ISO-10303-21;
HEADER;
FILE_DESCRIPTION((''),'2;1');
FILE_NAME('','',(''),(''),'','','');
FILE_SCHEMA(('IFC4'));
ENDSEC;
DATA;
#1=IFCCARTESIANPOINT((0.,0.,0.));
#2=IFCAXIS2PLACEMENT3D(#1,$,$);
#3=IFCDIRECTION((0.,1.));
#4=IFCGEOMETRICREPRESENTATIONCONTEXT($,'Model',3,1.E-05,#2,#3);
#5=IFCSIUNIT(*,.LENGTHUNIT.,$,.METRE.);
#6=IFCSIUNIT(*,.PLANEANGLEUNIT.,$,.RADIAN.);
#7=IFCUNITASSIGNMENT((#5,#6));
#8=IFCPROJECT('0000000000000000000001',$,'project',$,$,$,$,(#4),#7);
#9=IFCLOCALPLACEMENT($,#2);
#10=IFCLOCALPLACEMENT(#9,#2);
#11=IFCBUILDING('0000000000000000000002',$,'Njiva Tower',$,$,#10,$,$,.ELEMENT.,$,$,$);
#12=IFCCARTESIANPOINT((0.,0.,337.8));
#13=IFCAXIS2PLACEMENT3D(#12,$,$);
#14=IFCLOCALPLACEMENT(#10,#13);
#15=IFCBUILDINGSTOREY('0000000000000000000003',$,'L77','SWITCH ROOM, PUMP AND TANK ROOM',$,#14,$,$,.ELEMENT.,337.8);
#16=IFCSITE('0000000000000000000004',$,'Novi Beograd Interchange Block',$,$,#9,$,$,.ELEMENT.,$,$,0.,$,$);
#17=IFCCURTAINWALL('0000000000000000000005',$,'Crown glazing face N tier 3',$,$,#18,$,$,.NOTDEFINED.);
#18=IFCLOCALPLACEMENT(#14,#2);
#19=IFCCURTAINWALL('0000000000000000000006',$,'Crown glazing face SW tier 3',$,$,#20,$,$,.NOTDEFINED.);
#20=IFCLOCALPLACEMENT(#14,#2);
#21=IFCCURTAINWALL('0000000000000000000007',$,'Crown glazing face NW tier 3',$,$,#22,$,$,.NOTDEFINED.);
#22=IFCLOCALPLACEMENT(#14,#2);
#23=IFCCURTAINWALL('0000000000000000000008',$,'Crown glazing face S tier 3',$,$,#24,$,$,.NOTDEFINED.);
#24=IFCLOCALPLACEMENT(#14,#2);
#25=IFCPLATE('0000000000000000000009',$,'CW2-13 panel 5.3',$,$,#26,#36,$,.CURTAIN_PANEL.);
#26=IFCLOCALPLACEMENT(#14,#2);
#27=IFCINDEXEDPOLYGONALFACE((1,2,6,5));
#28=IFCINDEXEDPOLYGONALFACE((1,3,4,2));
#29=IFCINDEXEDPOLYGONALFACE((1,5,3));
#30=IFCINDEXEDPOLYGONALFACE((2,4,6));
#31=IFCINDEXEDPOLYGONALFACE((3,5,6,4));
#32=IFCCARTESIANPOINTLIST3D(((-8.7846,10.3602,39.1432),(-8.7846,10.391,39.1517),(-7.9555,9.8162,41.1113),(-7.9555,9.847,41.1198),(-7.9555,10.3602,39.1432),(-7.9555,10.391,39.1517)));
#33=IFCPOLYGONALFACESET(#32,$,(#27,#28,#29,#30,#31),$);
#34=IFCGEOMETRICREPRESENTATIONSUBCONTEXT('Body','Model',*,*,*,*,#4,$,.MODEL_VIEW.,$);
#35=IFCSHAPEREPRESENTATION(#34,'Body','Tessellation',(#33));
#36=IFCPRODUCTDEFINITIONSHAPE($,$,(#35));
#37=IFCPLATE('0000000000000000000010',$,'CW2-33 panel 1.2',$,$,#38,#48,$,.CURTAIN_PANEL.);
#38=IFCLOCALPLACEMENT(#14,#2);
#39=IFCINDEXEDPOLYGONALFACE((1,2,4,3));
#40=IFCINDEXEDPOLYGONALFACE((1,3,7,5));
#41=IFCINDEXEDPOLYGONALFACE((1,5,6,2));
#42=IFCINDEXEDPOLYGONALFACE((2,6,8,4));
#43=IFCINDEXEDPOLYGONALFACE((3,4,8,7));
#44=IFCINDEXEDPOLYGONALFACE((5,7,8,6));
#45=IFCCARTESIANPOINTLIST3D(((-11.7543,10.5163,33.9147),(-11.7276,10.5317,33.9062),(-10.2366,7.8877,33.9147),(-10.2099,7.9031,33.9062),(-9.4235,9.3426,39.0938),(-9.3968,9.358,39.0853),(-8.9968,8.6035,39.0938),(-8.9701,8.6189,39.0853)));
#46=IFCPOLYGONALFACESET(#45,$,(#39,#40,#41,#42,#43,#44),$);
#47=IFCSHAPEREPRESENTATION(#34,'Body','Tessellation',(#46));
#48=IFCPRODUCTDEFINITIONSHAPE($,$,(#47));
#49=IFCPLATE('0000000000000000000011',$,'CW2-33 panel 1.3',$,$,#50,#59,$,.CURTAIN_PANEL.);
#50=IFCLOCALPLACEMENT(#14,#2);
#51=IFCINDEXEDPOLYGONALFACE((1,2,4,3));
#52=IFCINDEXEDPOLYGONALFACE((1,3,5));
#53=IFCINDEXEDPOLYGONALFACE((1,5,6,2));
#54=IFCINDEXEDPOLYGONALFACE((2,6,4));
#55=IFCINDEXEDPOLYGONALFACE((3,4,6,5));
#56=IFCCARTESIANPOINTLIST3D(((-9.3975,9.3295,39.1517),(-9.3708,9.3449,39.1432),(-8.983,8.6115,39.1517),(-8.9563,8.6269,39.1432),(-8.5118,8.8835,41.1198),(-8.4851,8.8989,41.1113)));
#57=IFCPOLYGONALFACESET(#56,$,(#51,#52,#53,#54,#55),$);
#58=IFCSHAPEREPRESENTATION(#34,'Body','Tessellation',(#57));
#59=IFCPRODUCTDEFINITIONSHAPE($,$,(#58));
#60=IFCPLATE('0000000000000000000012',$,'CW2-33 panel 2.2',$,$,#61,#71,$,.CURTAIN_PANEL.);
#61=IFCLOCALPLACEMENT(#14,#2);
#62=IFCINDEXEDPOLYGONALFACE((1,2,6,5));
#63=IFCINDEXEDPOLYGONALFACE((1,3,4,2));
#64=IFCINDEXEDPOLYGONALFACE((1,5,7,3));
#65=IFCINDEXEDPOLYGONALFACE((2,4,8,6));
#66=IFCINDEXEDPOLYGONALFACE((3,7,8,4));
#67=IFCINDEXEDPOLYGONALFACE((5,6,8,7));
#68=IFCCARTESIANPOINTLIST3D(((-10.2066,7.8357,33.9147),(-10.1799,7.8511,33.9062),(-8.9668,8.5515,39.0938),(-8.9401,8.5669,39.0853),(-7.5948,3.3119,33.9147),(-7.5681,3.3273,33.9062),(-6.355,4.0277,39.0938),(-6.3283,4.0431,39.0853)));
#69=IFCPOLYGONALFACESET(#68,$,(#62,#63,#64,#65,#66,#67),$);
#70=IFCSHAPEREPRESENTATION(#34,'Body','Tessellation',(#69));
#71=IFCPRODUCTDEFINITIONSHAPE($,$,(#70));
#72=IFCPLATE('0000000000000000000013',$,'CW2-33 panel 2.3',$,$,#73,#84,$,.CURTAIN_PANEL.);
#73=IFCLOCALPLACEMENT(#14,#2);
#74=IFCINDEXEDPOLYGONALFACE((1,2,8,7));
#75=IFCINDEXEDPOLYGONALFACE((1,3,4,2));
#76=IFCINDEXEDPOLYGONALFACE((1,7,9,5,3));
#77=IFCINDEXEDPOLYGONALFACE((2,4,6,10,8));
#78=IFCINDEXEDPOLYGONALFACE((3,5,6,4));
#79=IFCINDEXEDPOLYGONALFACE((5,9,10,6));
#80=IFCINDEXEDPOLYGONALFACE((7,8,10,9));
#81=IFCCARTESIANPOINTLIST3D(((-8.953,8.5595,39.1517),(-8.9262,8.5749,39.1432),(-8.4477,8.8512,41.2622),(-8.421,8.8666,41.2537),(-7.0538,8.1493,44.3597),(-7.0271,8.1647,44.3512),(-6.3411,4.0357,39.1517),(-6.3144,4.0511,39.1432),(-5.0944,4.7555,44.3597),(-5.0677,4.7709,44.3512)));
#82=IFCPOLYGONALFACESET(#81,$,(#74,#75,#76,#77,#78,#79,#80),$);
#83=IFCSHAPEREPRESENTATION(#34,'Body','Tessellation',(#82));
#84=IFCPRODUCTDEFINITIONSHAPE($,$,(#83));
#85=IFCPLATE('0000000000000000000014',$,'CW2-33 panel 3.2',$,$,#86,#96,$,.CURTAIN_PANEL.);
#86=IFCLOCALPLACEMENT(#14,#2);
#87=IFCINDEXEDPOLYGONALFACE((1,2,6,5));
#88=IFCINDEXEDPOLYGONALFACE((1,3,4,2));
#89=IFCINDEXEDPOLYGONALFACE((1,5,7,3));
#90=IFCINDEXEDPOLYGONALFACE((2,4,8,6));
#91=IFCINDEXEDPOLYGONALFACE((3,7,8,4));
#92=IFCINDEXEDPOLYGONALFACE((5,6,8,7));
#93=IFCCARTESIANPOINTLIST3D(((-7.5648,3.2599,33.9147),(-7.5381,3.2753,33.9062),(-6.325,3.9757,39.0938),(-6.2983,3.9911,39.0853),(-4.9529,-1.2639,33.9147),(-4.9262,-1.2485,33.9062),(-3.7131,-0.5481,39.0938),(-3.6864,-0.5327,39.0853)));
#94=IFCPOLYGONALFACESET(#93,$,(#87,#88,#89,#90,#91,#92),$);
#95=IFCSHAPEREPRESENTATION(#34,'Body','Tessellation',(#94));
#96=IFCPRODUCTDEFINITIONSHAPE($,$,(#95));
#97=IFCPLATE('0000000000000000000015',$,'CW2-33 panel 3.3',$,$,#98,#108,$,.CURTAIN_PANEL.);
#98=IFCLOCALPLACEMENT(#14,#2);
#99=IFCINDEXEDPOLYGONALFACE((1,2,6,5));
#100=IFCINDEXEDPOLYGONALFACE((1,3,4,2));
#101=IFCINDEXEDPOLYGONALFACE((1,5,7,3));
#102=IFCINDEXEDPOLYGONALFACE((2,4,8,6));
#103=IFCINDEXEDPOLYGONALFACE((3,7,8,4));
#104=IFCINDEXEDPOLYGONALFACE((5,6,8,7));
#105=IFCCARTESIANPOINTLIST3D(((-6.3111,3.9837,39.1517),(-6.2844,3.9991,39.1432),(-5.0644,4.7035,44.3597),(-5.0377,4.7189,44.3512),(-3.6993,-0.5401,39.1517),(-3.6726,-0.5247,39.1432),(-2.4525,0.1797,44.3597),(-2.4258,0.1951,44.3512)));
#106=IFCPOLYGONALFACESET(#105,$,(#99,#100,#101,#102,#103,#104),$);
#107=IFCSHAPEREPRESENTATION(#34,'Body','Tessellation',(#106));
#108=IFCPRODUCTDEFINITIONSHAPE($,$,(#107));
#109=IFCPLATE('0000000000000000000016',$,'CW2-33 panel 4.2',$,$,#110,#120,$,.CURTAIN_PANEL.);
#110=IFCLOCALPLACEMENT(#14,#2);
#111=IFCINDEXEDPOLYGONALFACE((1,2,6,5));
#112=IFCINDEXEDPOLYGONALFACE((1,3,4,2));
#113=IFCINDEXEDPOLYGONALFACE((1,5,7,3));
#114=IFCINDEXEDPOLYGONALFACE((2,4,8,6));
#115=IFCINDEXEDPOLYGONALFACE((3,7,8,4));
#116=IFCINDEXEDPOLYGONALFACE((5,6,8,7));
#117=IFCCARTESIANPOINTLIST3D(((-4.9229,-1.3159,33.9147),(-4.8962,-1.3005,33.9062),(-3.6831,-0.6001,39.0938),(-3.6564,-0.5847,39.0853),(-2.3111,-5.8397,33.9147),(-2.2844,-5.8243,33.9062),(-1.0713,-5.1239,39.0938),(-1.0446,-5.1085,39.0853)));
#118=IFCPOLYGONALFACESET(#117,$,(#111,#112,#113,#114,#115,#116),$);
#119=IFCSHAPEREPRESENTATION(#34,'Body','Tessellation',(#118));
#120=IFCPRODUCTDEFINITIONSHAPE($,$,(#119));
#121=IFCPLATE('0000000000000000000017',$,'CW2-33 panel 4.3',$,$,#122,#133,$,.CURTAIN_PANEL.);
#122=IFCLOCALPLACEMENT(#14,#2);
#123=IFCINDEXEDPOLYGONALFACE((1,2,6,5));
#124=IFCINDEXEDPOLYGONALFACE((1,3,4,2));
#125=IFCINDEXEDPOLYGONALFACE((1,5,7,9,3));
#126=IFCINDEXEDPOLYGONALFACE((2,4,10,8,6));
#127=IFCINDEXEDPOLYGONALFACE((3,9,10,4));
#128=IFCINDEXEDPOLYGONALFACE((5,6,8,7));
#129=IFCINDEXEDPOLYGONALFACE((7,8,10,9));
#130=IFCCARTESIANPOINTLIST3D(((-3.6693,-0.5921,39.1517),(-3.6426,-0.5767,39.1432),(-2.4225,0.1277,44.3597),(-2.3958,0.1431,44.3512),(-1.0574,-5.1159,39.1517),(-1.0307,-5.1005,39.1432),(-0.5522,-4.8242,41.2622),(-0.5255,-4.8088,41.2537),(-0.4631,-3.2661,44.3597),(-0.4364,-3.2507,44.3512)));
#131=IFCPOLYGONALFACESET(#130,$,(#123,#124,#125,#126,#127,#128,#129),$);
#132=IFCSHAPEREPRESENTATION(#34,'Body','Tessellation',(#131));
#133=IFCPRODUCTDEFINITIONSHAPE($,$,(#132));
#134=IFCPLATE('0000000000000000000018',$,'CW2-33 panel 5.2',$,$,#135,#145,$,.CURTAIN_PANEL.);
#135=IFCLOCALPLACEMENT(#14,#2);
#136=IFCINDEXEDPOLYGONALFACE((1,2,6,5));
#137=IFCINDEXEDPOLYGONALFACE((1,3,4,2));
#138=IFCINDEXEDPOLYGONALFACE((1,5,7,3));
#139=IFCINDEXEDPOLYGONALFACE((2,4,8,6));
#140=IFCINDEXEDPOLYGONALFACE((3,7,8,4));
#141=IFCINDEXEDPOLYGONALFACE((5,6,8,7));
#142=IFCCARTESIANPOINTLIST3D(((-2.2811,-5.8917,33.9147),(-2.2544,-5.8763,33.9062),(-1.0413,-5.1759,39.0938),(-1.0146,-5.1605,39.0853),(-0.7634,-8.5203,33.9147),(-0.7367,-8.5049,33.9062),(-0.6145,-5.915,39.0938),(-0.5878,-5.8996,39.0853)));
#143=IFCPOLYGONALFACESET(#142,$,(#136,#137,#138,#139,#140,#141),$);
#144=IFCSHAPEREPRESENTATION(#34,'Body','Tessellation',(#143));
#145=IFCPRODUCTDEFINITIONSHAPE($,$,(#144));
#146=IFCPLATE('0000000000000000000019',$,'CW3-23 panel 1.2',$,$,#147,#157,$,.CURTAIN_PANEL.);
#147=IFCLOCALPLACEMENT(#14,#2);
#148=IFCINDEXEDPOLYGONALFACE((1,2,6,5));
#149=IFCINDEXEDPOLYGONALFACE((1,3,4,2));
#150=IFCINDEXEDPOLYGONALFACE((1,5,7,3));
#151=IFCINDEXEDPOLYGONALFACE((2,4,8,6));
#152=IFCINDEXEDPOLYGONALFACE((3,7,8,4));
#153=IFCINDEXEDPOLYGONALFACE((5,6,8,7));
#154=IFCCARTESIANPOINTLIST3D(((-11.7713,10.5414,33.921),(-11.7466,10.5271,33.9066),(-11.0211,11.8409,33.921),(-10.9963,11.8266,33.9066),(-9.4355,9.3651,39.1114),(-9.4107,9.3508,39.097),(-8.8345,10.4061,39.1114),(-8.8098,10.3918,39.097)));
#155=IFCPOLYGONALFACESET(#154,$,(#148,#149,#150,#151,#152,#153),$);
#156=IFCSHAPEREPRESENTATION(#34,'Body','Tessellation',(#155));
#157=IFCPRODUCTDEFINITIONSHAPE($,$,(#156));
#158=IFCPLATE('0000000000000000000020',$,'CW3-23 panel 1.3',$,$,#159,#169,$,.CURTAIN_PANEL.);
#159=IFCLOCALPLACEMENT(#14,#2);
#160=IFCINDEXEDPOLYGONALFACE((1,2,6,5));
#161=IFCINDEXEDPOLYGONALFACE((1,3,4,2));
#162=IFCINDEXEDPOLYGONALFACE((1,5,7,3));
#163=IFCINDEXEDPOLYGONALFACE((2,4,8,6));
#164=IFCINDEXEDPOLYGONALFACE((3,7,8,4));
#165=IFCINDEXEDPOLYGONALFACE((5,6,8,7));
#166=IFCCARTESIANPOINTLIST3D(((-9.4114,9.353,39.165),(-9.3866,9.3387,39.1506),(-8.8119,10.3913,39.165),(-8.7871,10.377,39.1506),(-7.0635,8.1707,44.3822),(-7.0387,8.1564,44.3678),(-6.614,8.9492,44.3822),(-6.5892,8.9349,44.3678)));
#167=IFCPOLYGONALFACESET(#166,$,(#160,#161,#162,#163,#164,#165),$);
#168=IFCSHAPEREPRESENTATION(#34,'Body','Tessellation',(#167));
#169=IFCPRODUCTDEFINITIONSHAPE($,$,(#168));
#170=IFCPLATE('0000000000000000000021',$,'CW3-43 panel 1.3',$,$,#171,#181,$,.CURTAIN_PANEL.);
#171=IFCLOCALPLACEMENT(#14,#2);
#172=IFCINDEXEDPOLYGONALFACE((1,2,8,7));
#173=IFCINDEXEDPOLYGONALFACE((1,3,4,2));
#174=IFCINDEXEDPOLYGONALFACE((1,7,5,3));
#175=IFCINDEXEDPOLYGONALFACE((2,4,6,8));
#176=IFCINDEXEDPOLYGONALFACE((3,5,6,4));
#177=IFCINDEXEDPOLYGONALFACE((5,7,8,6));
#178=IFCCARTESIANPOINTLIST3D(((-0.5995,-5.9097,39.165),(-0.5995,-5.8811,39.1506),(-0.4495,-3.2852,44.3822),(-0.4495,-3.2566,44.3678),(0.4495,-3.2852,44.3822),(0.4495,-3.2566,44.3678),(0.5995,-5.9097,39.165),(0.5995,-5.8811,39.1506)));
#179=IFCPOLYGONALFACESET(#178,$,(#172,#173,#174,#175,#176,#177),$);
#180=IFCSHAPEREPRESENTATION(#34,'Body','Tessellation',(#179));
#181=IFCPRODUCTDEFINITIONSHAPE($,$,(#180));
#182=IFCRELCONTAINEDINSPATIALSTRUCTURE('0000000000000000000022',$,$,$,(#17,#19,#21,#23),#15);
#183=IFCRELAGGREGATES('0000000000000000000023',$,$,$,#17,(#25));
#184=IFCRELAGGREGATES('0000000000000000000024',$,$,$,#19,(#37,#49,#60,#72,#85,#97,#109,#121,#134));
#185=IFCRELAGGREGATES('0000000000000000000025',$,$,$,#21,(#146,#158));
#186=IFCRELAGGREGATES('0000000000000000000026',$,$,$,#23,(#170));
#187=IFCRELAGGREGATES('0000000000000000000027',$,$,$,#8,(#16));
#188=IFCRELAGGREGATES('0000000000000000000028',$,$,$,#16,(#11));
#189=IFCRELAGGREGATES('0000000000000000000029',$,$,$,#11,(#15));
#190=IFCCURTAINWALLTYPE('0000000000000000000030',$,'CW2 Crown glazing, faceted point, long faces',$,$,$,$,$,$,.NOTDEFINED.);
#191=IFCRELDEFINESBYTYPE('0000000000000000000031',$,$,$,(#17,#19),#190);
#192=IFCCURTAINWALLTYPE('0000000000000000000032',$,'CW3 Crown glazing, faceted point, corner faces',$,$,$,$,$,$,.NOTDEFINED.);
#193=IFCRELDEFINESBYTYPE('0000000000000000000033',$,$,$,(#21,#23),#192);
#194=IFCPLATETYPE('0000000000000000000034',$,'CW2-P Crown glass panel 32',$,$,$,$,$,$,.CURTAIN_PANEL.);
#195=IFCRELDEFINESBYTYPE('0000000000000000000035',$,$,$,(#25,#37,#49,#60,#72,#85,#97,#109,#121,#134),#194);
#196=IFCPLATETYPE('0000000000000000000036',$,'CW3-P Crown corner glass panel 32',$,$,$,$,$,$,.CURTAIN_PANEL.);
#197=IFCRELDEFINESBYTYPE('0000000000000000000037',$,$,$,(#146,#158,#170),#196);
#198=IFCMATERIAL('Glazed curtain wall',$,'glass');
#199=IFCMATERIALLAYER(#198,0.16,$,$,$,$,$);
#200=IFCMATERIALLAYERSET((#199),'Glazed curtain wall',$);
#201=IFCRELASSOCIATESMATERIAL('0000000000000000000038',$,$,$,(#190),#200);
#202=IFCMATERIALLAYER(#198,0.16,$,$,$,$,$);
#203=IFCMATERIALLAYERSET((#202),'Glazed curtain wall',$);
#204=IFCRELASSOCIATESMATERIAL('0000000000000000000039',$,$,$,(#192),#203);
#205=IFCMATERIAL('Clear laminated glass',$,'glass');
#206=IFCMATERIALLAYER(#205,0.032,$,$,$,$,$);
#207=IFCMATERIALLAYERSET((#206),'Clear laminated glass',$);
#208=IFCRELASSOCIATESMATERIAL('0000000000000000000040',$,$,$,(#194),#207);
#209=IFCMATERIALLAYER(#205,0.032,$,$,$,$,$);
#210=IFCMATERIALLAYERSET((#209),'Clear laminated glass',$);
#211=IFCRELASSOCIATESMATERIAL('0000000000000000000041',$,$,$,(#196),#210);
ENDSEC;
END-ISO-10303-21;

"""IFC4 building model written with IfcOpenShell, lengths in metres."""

from ifc_helpers import new_model, si_unit, direction, frame, origin, place, context, subcontext, project, spatial, polyline, outline, extrude, material, layer, layer_set, type_object, element, aggregate, save


model = new_model("IFC4")

# Units and contexts
model_context = context("Model", 3, precision=1e-05, world=origin(), true_north=direction((0.0, 1.0)))
body_context = subcontext(model_context, "Body", "Model", "MODEL_VIEW")
ifc_project = project(units=[si_unit("LENGTHUNIT", "METRE"), si_unit("PLANEANGLEUNIT", "RADIAN")], contexts=[model_context])

# Site, building, storey
site_placement = place(None, origin())
site = spatial("IfcSite", under=ifc_project, at=site_placement, Name="Novi Beograd Interchange Block", CompositionType="ELEMENT", RefElevation=0.0)
building_placement = place(site_placement, origin())
building = spatial("IfcBuilding", under=site, at=building_placement, Name="Njiva Tower", CompositionType="ELEMENT")
storey_placement = place(building_placement, frame((0.0, 0.0, 337.8)))
storey = spatial("IfcBuildingStorey", under=building, at=storey_placement, Name="L77", Description="SWITCH ROOM, PUMP AND TANK ROOM", CompositionType="ELEMENT", Elevation=337.8)

# Curtain walls
ifc_material_1 = material(Name="Glazed curtain wall", Category="glass")
ifc_layer_1 = layer(ifc_material_1, 0.16)
ifc_layer_set_1 = layer_set([ifc_layer_1], Name="Glazed curtain wall")
curtain_wall_type_1 = type_object("IfcCurtainWallType", Name="CW2 Crown glazing, faceted point, long faces", PredefinedType="NOTDEFINED", material=ifc_layer_set_1)
curtain_wall_1_placement = place(storey_placement, origin())
curtain_wall_1 = element("IfcCurtainWall", 1, at=curtain_wall_1_placement, inside=storey, type_object=curtain_wall_type_1, Name="Crown glazing face N tier 3", PredefinedType="NOTDEFINED")
curtain_wall_2_placement = place(storey_placement, origin())
curtain_wall_2 = element("IfcCurtainWall", 2, at=curtain_wall_2_placement, inside=storey, type_object=curtain_wall_type_1, Name="Crown glazing face SW tier 3", PredefinedType="NOTDEFINED")

# Curtain walls
ifc_layer_2 = layer(ifc_material_1, 0.16)
ifc_layer_set_2 = layer_set([ifc_layer_2], Name="Glazed curtain wall")
curtain_wall_type_2 = type_object("IfcCurtainWallType", Name="CW3 Crown glazing, faceted point, corner faces", PredefinedType="NOTDEFINED", material=ifc_layer_set_2)
curtain_wall_3_placement = place(storey_placement, origin())
curtain_wall_3 = element("IfcCurtainWall", 3, at=curtain_wall_3_placement, inside=storey, type_object=curtain_wall_type_2, Name="Crown glazing face NW tier 3", PredefinedType="NOTDEFINED")
curtain_wall_4_placement = place(storey_placement, origin())
curtain_wall_4 = element("IfcCurtainWall", 4, at=curtain_wall_4_placement, inside=storey, type_object=curtain_wall_type_2, Name="Crown glazing face S tier 3", PredefinedType="NOTDEFINED")

# Plates
ifc_material_2 = material(Name="Clear laminated glass", Category="glass")
ifc_layer_3 = layer(ifc_material_2, 0.032)
ifc_layer_set_3 = layer_set([ifc_layer_3], Name="Clear laminated glass")
plate_type_1 = type_object("IfcPlateType", Name="CW2-P Crown glass panel 32", PredefinedType="CURTAIN_PANEL", material=ifc_layer_set_3)
plate_1_placement = place(storey_placement, frame((-7.9555, 9.847, 41.1198), z_axis=(0.0, 0.963857, 0.266419), x_axis=(0.0, 0.266419, -0.963857)))
plate_1 = element("IfcPlate", 5, at=plate_1_placement, type_object=plate_type_1, Name="CW2-13 panel 5.3", PredefinedType="CURTAIN_PANEL", context=body_context, shape_type="SweptSolid", body=[
    extrude(outline(polyline([(0.0, 0.0), (2.0419, 0.0), (2.0419, 0.8291), (0.0, 0.0)])), origin(), (0.0, 0.0, -1.0), 0.032),
])
aggregate(curtain_wall_1, [plate_1])
plate_2_placement = place(storey_placement, frame((-11.7543, 10.5163, 33.9147), z_axis=(-0.834716, -0.481938, 0.266432), x_axis=(0.500012, -0.866019, 0.000002)))
plate_2 = element("IfcPlate", 6, at=plate_2_placement, type_object=plate_type_1, Name="CW2-33 panel 1.2", PredefinedType="CURTAIN_PANEL", context=body_context, shape_type="SweptSolid", body=[
    extrude(outline(polyline([(0.0, 0.0), (3.0353, 0.0), (3.0353, 5.3733), (2.1819, 5.3733), (0.0, 0.0)])), origin(), (0.0, 0.0, -1.0), 0.032),
])
plate_3_placement = place(storey_placement, frame((-9.3975, 9.3295, 39.1517), z_axis=(-0.834736, -0.481892, 0.266451), x_axis=(0.499966, -0.866045, 0.0)))
plate_3 = element("IfcPlate", 7, at=plate_3_placement, type_object=plate_type_1, Name="CW2-33 panel 1.3", PredefinedType="CURTAIN_PANEL", context=body_context, shape_type="SweptSolid", body=[
    extrude(outline(polyline([(0.0, 0.0), (0.8291, 0.0), (0.8291, 2.0419), (0.0, 0.0)])), origin(), (0.0, 0.0, -1.0), 0.032),
])
plate_4_placement = place(storey_placement, frame((-7.5948, 3.3119, 33.9147), z_axis=(-0.834724, -0.481925, 0.266427), x_axis=(0.230733, 0.133214, 0.963855)))
plate_4 = element("IfcPlate", 8, at=plate_4_placement, type_object=plate_type_1, Name="CW2-33 panel 2.2", PredefinedType="CURTAIN_PANEL", context=body_context, shape_type="SweptSolid", body=[
    extrude(outline(polyline([(0.0, 0.0), (5.3733, 0.0), (5.3733, 5.2236), (0.0, 5.2236), (0.0, 0.0)])), origin(), (0.0, 0.0, -1.0), 0.032),
])
plate_5_placement = place(storey_placement, frame((-8.4477, 8.8512, 41.2622), z_axis=(-0.834721, -0.481928, 0.266433), x_axis=(-0.230744, -0.133204, -0.963854)))
plate_5 = element("IfcPlate", 9, at=plate_5_placement, type_object=plate_type_1, Name="CW2-33 panel 2.3", PredefinedType="CURTAIN_PANEL", context=body_context, shape_type="SweptSolid", body=[
    extrude(outline(polyline([(0.0, 0.0), (2.1897, 0.0), (2.1896, 5.2237), (-3.2137, 5.2236), (-3.2137, 1.3048), (0.0, 0.0)])), origin(), (0.0, 0.0, -1.0), 0.032),
])
plate_6_placement = place(storey_placement, frame((-4.9529, -1.2639, 33.9147), z_axis=(-0.834716, -0.481939, 0.266427), x_axis=(0.230733, 0.133214, 0.963855)))
plate_6 = element("IfcPlate", 10, at=plate_6_placement, type_object=plate_type_1, Name="CW2-33 panel 3.2", PredefinedType="CURTAIN_PANEL", context=body_context, shape_type="SweptSolid", body=[
    extrude(outline(polyline([(0.0, 0.0), (5.3733, 0.0), (5.3733, 5.2237), (0.0, 5.2237), (0.0, 0.0)])), origin(), (0.0, 0.0, -1.0), 0.032),
])
plate_7_placement = place(storey_placement, frame((-5.0644, 4.7035, 44.3597), z_axis=(-0.834719, -0.481931, 0.266432), x_axis=(-0.230736, -0.133219, -0.963854)))
plate_7 = element("IfcPlate", 11, at=plate_7_placement, type_object=plate_type_1, Name="CW2-33 panel 3.3", PredefinedType="CURTAIN_PANEL", context=body_context, shape_type="SweptSolid", body=[
    extrude(outline(polyline([(0.0, 0.0), (5.4033, 0.0), (5.4033, 5.2236), (0.0, 5.2237), (0.0, 0.0)])), origin(), (0.0, 0.0, -1.0), 0.032),
])
plate_8_placement = place(storey_placement, frame((-2.3111, -5.8397, 33.9147), z_axis=(-0.834724, -0.481925, 0.266427), x_axis=(0.230733, 0.133214, 0.963855)))
plate_8 = element("IfcPlate", 12, at=plate_8_placement, type_object=plate_type_1, Name="CW2-33 panel 4.2", PredefinedType="CURTAIN_PANEL", context=body_context, shape_type="SweptSolid", body=[
    extrude(outline(polyline([(0.0, 0.0), (5.3733, 0.0), (5.3733, 5.2236), (0.0, 5.2236), (0.0, 0.0)])), origin(), (0.0, 0.0, -1.0), 0.032),
])
plate_9_placement = place(storey_placement, frame((-2.4225, 0.1277, 44.3597), z_axis=(-0.834719, -0.481931, 0.266433), x_axis=(-0.230741, -0.133211, -0.963853)))
plate_9 = element("IfcPlate", 13, at=plate_9_placement, type_object=plate_type_1, Name="CW2-33 panel 4.3", PredefinedType="CURTAIN_PANEL", context=body_context, shape_type="SweptSolid", body=[
    extrude(outline(polyline([(0.0, 0.0), (5.4033, 0.0), (5.4033, 5.2237), (3.2136, 5.2236), (0.0, 3.9188), (0.0, 0.0)])), origin(), (0.0, 0.0, -1.0), 0.032),
])
plate_10_placement = place(storey_placement, frame((-0.6145, -5.915, 39.0938), z_axis=(-0.834704, -0.481956, 0.266434), x_axis=(-0.500033, 0.866006, -0.000012)))
plate_10 = element("IfcPlate", 14, at=plate_10_placement, type_object=plate_type_1, Name="CW2-33 panel 5.2", PredefinedType="CURTAIN_PANEL", context=body_context, shape_type="SweptSolid", body=[
    extrude(outline(polyline([(0.0, 0.0), (0.8535, 0.0), (0.8536, 5.3733), (-2.1817, 5.3734), (0.0, 0.0)])), origin(), (0.0, 0.0, -1.0), 0.032),
])
aggregate(curtain_wall_2, [plate_2, plate_3, plate_4, plate_5, plate_6, plate_7, plate_8, plate_9, plate_10])
ifc_layer_4 = layer(ifc_material_2, 0.032)
ifc_layer_set_4 = layer_set([ifc_layer_4], Name="Clear laminated glass")
plate_type_2 = type_object("IfcPlateType", Name="CW3-P Crown corner glass panel 32", PredefinedType="CURTAIN_PANEL", material=ifc_layer_set_4)
plate_11_placement = place(storey_placement, frame((-9.4355, 9.3651, 39.1114), z_axis=(-0.773663, 0.446645, 0.449392), x_axis=(0.499978, 0.866038, 0.000005)))
plate_11 = element("IfcPlate", 15, at=plate_11_placement, type_object=plate_type_2, Name="CW3-23 panel 1.2", PredefinedType="CURTAIN_PANEL", context=body_context, shape_type="SweptSolid", body=[
    extrude(outline(polyline([(0.0, 0.0), (1.202, 0.0), (1.3513, 5.8101), (-0.1492, 5.8101), (0.0, 0.0)])), origin(), (0.0, 0.0, -1.0), 0.032),
])
plate_12_placement = place(storey_placement, frame((-8.8119, 10.3913, 39.165), z_axis=(-0.773639, 0.446691, 0.449389), x_axis=(-0.500025, -0.866011, 0.000001)))
plate_12 = element("IfcPlate", 16, at=plate_12_placement, type_object=plate_type_2, Name="CW3-23 panel 1.3", PredefinedType="CURTAIN_PANEL", context=body_context, shape_type="SweptSolid", body=[
    extrude(outline(polyline([(0.0, 0.0), (1.1989, 0.0), (1.0488, 5.8401), (0.1499, 5.8401), (0.0, 0.0)])), origin(), (0.0, 0.0, -1.0), 0.032),
])
aggregate(curtain_wall_3, [plate_11, plate_12])
plate_13_placement = place(storey_placement, frame((-0.5995, -5.9097, 39.165), z_axis=(0.0, -0.893336, 0.44939), x_axis=(1.0, 0.0, 0.0)))
plate_13 = element("IfcPlate", 17, at=plate_13_placement, type_object=plate_type_2, Name="CW3-43 panel 1.3", PredefinedType="CURTAIN_PANEL", context=body_context, shape_type="SweptSolid", body=[
    extrude(outline(polyline([(0.0, 0.0), (1.199, 0.0), (1.049, 5.8401), (0.15, 5.8401), (0.0, 0.0)])), origin(), (0.0, 0.0, -1.0), 0.032),
])
aggregate(curtain_wall_4, [plate_13])

save(model, "model.ifc")
